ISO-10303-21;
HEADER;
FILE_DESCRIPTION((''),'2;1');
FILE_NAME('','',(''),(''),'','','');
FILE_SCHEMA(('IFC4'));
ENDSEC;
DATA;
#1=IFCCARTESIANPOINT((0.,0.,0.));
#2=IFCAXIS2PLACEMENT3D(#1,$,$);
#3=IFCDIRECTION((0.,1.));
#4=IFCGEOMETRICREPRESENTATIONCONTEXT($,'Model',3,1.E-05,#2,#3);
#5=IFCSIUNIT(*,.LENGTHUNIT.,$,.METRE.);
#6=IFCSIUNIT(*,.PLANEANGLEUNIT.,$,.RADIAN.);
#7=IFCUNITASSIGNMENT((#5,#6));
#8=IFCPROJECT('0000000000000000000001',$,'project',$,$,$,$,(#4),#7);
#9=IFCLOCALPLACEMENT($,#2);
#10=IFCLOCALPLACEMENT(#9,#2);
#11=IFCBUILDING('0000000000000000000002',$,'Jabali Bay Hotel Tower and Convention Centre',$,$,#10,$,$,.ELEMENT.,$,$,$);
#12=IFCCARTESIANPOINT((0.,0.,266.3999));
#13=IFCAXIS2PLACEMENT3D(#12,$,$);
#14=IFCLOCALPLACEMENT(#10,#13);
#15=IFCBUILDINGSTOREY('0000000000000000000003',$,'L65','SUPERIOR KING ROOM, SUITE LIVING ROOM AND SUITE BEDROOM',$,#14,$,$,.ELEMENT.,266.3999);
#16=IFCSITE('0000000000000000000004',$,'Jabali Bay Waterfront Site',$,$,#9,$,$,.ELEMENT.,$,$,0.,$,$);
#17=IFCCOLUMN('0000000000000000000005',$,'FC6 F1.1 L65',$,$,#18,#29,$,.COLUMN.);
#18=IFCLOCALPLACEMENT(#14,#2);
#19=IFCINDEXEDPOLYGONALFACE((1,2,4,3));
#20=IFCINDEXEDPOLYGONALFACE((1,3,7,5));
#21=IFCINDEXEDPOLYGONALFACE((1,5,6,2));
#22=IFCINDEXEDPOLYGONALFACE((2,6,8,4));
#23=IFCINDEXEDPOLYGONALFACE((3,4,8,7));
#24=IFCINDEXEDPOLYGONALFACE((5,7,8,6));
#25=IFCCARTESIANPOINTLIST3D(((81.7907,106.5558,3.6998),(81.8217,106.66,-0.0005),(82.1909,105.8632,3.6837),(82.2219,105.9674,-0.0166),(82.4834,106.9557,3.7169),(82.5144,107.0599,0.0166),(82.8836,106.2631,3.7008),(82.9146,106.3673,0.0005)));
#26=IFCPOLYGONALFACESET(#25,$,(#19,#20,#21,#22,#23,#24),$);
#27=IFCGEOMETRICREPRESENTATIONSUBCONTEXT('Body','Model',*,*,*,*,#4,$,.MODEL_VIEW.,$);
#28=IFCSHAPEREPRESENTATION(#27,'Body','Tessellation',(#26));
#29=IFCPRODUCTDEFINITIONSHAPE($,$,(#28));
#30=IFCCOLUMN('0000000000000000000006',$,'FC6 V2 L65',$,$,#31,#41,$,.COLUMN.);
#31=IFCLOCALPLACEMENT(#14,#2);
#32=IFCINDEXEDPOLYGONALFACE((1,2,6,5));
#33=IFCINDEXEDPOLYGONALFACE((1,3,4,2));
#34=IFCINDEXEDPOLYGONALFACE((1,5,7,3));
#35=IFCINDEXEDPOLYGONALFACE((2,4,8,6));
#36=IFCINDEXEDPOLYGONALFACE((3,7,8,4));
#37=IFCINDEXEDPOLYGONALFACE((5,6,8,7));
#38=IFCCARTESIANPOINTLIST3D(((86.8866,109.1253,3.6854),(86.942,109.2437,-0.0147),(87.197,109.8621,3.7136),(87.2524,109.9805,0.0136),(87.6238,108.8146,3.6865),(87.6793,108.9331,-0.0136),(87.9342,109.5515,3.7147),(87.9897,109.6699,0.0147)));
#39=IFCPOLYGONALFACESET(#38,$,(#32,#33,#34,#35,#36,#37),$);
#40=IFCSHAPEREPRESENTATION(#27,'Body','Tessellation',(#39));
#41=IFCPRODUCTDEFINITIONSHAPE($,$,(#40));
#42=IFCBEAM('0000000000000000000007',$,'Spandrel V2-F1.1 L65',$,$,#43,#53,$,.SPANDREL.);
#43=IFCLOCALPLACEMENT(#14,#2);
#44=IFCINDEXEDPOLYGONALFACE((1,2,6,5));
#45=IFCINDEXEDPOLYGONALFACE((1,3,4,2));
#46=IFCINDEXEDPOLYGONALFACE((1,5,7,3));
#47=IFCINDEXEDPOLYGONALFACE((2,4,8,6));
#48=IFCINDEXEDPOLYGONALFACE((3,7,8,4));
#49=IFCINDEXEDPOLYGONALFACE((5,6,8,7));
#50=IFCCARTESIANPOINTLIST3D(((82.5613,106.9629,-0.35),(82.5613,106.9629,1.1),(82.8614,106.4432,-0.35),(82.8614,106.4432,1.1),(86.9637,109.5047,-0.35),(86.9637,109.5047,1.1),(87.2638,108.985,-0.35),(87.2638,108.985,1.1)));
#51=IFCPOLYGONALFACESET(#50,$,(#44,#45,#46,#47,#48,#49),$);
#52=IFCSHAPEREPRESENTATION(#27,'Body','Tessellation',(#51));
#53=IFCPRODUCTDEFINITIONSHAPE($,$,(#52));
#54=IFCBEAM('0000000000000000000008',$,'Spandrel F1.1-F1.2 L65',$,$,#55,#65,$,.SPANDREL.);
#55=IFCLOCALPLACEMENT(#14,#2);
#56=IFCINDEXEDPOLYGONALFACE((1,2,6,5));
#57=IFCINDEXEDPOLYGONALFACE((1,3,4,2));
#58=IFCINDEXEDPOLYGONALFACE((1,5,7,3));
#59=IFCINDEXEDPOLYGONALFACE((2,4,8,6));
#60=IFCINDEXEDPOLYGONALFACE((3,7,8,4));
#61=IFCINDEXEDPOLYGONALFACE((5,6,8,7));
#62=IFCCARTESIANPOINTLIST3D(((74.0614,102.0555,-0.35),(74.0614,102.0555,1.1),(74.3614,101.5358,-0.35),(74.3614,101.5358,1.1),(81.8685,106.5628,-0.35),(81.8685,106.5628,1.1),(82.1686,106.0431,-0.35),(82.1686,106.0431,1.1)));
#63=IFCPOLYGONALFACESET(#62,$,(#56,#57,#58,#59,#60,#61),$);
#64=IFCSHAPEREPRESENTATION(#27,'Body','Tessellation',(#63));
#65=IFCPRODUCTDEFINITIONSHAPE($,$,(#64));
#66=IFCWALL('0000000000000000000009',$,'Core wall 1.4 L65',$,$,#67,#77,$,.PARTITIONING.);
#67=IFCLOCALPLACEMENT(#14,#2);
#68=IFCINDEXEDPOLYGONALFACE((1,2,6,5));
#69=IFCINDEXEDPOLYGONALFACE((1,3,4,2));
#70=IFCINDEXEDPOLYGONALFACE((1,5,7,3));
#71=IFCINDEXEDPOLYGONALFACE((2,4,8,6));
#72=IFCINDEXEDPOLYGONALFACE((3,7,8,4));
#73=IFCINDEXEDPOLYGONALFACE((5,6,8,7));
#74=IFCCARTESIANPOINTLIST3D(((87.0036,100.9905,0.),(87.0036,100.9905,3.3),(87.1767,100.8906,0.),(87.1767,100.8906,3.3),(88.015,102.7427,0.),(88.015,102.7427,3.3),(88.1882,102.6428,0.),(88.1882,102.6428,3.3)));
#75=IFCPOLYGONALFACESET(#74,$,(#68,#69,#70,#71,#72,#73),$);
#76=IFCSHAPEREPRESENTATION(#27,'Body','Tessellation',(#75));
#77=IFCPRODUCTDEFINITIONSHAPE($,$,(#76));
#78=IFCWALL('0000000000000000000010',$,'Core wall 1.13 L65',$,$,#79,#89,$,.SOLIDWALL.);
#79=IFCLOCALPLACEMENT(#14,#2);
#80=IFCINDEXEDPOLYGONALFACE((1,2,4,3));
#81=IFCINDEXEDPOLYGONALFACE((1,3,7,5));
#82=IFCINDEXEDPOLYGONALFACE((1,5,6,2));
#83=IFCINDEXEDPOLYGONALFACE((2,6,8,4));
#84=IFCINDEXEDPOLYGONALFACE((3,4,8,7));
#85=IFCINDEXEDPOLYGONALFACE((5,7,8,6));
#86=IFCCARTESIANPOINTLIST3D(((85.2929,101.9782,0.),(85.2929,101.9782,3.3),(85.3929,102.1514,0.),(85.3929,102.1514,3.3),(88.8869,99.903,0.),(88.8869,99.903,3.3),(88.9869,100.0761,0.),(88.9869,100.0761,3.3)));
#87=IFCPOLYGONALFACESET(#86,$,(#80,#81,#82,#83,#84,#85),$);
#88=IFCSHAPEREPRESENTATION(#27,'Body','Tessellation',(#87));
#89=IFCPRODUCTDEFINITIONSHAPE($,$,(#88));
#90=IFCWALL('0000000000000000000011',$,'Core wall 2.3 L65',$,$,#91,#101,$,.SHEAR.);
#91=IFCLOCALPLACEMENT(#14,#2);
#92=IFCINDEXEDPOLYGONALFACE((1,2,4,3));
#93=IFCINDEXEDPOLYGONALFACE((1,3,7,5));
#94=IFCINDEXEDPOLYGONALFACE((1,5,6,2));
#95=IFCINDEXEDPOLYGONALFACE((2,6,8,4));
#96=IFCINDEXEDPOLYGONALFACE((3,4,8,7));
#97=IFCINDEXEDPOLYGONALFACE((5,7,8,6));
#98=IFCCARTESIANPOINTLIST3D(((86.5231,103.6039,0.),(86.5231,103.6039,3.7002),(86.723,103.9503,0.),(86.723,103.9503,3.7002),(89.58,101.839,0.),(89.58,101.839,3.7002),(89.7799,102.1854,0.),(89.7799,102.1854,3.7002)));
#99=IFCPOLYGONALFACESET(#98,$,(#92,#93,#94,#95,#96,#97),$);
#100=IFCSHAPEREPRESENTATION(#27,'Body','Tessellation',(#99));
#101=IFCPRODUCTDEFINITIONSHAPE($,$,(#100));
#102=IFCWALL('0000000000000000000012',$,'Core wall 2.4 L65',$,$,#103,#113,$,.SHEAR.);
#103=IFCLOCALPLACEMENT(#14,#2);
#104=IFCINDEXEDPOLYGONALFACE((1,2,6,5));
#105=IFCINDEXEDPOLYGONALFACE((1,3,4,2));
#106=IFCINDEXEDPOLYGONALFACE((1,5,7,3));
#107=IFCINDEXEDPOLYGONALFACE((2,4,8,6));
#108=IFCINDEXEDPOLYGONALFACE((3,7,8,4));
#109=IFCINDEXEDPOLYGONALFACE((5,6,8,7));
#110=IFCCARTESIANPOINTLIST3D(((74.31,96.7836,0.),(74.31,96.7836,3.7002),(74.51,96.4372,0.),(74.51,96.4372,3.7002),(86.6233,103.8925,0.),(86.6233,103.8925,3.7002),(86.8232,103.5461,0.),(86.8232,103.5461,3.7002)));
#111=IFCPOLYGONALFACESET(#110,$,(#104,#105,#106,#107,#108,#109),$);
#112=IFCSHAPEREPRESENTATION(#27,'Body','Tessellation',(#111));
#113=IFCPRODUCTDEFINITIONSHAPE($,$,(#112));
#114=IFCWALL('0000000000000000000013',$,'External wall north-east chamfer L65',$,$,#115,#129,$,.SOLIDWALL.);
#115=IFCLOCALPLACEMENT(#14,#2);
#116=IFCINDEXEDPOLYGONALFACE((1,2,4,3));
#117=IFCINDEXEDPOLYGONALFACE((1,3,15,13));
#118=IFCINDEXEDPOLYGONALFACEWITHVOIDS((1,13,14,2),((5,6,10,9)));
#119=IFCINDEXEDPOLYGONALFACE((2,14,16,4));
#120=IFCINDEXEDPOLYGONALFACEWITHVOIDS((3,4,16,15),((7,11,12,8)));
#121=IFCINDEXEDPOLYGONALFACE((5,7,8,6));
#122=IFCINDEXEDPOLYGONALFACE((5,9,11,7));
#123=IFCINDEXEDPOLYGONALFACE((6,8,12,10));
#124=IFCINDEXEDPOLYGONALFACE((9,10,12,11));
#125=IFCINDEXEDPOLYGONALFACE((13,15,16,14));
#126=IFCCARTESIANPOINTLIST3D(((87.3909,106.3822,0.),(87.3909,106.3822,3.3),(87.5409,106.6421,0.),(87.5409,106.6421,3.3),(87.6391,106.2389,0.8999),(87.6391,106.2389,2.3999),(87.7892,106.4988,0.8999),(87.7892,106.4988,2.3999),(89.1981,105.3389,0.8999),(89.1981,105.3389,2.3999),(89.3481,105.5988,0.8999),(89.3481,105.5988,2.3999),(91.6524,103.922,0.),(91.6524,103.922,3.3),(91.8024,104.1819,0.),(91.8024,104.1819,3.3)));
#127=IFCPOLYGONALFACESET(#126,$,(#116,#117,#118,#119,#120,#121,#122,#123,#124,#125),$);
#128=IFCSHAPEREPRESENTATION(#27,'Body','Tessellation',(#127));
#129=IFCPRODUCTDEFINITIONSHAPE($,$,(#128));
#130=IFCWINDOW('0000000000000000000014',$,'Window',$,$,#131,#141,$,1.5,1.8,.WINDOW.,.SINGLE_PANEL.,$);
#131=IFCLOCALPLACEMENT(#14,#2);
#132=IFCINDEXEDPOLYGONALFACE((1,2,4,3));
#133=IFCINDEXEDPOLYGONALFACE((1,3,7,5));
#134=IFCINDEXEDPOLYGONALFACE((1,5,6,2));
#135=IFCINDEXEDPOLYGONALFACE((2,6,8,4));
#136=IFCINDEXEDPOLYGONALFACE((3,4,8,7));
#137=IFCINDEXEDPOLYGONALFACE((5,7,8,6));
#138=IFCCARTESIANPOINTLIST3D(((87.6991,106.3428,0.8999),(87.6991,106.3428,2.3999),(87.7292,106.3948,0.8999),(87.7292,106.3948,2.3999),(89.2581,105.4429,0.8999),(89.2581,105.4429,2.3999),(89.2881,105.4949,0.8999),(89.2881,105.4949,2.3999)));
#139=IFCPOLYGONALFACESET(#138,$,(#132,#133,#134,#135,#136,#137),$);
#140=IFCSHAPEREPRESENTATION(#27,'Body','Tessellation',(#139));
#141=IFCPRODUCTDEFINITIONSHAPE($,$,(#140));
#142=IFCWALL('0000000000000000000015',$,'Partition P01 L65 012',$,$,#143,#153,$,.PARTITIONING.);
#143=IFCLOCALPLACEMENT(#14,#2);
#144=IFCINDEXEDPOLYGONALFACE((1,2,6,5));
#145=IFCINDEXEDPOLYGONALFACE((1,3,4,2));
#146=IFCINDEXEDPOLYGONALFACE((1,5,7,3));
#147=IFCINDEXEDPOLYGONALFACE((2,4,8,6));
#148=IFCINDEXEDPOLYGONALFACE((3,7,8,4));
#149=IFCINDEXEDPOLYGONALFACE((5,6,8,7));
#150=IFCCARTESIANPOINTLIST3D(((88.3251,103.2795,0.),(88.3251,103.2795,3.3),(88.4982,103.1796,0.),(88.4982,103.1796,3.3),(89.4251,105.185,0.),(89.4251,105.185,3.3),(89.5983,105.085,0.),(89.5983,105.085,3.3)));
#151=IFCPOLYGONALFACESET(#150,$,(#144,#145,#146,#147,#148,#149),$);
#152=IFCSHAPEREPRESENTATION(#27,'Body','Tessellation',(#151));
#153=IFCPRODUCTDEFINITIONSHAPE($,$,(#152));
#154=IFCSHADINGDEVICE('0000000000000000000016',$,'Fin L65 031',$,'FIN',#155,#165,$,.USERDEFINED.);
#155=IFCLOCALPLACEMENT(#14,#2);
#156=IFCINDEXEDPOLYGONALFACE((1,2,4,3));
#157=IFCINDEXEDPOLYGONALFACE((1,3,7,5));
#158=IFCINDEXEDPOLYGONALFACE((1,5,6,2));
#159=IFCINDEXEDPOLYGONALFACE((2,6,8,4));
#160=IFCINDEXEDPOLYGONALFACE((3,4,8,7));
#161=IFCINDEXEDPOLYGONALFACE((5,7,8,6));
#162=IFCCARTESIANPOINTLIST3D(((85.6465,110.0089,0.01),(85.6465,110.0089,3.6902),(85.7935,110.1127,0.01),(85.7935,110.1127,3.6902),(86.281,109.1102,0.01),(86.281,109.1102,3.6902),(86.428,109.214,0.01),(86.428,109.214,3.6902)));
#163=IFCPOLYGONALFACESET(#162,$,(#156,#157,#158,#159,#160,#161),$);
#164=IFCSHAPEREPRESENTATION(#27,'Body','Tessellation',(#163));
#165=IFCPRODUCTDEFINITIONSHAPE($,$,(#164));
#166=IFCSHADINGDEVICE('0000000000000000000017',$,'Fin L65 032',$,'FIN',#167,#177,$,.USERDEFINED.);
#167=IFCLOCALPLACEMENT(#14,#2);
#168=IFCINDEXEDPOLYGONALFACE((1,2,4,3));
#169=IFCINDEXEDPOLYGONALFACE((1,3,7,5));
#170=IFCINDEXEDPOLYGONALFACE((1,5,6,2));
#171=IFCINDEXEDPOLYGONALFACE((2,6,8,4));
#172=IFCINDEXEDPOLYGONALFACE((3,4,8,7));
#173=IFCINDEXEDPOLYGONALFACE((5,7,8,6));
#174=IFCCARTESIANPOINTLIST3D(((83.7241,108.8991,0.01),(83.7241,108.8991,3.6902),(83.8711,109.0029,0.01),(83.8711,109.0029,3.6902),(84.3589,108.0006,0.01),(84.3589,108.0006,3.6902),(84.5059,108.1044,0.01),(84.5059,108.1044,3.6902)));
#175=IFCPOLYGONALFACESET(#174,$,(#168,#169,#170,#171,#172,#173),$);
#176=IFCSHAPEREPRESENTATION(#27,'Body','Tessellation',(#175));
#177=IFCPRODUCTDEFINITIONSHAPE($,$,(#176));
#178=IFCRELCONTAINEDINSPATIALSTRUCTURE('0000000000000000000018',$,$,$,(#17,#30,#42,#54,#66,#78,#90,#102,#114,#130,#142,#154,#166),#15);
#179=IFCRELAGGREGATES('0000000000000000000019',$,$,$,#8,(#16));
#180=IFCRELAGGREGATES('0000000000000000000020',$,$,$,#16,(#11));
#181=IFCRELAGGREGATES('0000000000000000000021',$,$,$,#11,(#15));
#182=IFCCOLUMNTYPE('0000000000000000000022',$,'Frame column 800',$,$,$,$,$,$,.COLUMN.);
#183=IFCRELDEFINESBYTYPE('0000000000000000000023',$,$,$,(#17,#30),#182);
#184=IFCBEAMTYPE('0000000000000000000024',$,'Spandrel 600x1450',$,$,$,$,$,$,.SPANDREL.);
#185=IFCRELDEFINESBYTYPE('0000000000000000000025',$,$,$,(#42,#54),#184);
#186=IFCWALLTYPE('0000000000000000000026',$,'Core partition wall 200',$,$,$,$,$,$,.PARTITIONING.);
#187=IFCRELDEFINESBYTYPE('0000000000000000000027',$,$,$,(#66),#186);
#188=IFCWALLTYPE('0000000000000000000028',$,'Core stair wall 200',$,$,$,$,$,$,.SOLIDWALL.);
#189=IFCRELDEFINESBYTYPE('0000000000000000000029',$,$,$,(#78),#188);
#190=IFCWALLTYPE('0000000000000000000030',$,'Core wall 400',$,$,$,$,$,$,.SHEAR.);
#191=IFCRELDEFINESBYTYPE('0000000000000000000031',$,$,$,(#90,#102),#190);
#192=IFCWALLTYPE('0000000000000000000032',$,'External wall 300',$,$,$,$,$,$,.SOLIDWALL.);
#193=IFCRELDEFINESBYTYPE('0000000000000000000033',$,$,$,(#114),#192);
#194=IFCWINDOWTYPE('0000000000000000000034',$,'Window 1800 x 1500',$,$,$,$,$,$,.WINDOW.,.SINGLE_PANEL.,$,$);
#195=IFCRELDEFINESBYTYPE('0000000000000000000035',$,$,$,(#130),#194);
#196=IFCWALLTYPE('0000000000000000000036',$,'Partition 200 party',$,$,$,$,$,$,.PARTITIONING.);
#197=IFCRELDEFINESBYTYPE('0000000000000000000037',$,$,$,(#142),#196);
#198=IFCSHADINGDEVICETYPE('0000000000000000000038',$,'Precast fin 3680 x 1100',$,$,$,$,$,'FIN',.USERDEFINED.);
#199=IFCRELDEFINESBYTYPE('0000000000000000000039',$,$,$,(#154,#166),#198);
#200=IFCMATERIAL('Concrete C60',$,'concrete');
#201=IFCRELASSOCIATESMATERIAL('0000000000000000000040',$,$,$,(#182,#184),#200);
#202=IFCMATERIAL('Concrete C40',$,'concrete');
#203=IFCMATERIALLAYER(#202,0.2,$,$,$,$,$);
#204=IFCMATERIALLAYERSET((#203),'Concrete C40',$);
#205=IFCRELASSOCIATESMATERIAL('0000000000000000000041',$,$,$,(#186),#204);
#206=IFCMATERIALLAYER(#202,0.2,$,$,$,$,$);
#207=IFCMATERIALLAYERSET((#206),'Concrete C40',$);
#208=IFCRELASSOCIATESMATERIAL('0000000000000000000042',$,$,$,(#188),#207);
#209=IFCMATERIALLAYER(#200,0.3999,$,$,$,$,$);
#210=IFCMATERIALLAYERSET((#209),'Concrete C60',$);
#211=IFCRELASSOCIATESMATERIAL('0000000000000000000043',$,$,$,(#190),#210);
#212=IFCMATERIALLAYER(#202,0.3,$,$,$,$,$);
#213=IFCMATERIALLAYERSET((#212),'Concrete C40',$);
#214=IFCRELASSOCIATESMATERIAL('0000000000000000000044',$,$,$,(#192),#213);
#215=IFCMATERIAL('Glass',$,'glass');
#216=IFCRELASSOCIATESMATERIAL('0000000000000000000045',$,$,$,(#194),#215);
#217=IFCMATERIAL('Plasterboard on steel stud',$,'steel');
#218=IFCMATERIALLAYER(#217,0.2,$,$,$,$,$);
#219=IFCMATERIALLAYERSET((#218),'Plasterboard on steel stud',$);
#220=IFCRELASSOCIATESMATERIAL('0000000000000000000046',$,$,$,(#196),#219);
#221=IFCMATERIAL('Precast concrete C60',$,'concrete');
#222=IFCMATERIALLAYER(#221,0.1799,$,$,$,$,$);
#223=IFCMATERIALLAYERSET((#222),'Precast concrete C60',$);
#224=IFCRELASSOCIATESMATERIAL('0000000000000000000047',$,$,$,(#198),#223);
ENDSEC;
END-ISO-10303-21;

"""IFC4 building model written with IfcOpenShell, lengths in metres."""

from ifc_helpers import new_model, si_unit, direction, frame, frame_2d, origin, origin_2d, place, context, subcontext, project, spatial, rectangle, extrude, material, layer, layer_set, material_profile, profile_set, type_object, element, fill, save


model = new_model("IFC4")

# Units and contexts
model_context = context("Model", 3, precision=1e-05, world=origin(), true_north=direction((0.0, 1.0)))
body_context = subcontext(model_context, "Body", "Model", "MODEL_VIEW")
ifc_project = project(units=[si_unit("LENGTHUNIT", "METRE"), si_unit("PLANEANGLEUNIT", "RADIAN")], contexts=[model_context])

# Site, building, storey
site_placement = place(None, origin())
site = spatial("IfcSite", under=ifc_project, at=site_placement, Name="Jabali Bay Waterfront Site", CompositionType="ELEMENT", RefElevation=0.0)
building_placement = place(site_placement, origin())
building = spatial("IfcBuilding", under=site, at=building_placement, Name="Jabali Bay Hotel Tower and Convention Centre", CompositionType="ELEMENT")
storey_placement = place(building_placement, frame((0.0, 0.0, 266.3999)))
storey = spatial("IfcBuildingStorey", under=building, at=storey_placement, Name="L65", Description="SUPERIOR KING ROOM, SUITE LIVING ROOM AND SUITE BEDROOM", CompositionType="ELEMENT", Elevation=266.3999)

# Columns
ifc_material_1 = material(Name="Concrete C60", Category="concrete")
ifc_material_profile_1 = material_profile(ifc_material_1, rectangle(XDim=0.8, YDim=0.8, at=origin_2d()), Name="Frame column 800")
ifc_profile_set_1 = profile_set([ifc_material_profile_1], Name="Concrete C60")
column_type = type_object("IfcColumnType", Name="Frame column 800", PredefinedType="COLUMN", material=ifc_profile_set_1)
column_1_placement = place(storey_placement, frame((82.3682, 106.5137, 0.0), z_axis=(-0.008376, -0.028161, 0.999568), x_axis=(0.865852, 0.499845, 0.021338)))
element("IfcColumn", 1, at=column_1_placement, inside=storey, type_object=column_type, Name="FC6 F1.1 L65", PredefinedType="COLUMN", context=body_context, shape_type="SweptSolid", body=[
    extrude(rectangle(XDim=0.8, YDim=0.8, at=origin_2d()), origin(), (0.0, 0.0, 1.0), 3.7019),
])
column_2_placement = place(storey_placement, frame((87.4658, 109.4568, 0.0), z_axis=(-0.014968, -0.031981, 0.999376), x_axis=(0.921546, -0.388266, 0.001378)))
element("IfcColumn", 2, at=column_2_placement, inside=storey, type_object=column_type, Name="FC6 V2 L65", PredefinedType="COLUMN", context=body_context, shape_type="SweptSolid", body=[
    extrude(rectangle(XDim=0.8, YDim=0.8, at=origin_2d()), origin(), (0.0, 0.0, 1.0), 3.7024),
])

# Beams
ifc_material_profile_2 = material_profile(ifc_material_1, rectangle(XDim=0.6001, YDim=1.45, at=origin_2d()), Name="Spandrel 600x1450")
ifc_profile_set_2 = profile_set([ifc_material_profile_2], Name="Concrete C60")
beam_type = type_object("IfcBeamType", Name="Spandrel 600x1450", PredefinedType="SPANDREL", material=ifc_profile_set_2)
beam_1_placement = place(storey_placement, frame((87.1138, 109.2449, 0.375), z_axis=(-0.866021, -0.500008, 0.0), x_axis=(0.500008, -0.866021, 0.0)))
element("IfcBeam", 3, at=beam_1_placement, inside=storey, type_object=beam_type, Name="Spandrel V2-F1.1 L65", PredefinedType="SPANDREL", context=body_context, shape_type="SweptSolid", body=[
    extrude(rectangle(XDim=0.6001, YDim=1.45, at=origin_2d()), origin(), (0.0, 0.0, 1.0), 5.0835),
])
beam_2_placement = place(storey_placement, frame((82.0186, 106.303, 0.375), z_axis=(-0.866031, -0.49999, 0.0), x_axis=(0.49999, -0.866031, 0.0)))
element("IfcBeam", 4, at=beam_2_placement, inside=storey, type_object=beam_type, Name="Spandrel F1.1-F1.2 L65", PredefinedType="SPANDREL", context=body_context, shape_type="SweptSolid", body=[
    extrude(rectangle(XDim=0.6001, YDim=1.45, at=origin_2d()), origin(), (0.0, 0.0, 1.0), 9.0149),
])

# Walls
ifc_material_2 = material(Name="Concrete C40", Category="concrete")
ifc_layer_1 = layer(ifc_material_2, 0.2)
ifc_layer_set_1 = layer_set([ifc_layer_1], Name="Concrete C40")
wall_type_1 = type_object("IfcWallType", Name="Core partition wall 200", PredefinedType="PARTITIONING", material=ifc_layer_set_1)
wall_1_placement = place(storey_placement, frame((87.0901, 100.9404, 0.0), z_axis=(0.0, 0.0, 1.0), x_axis=(0.499942, 0.866059, 0.0)))
element("IfcWall", 5, at=wall_1_placement, inside=storey, type_object=wall_type_1, Name="Core wall 1.4 L65", PredefinedType="PARTITIONING", context=body_context, shape_type="SweptSolid", body=[
    extrude(rectangle(XDim=2.0232, YDim=0.2, at=frame_2d((1.0117, 0.0))), origin(), (0.0, 0.0, 1.0), 3.3),
])
ifc_layer_2 = layer(ifc_material_2, 0.2)
ifc_layer_set_2 = layer_set([ifc_layer_2], Name="Concrete C40")
wall_type_2 = type_object("IfcWallType", Name="Core stair wall 200", PredefinedType="SOLIDWALL", material=ifc_layer_set_2)
wall_2_placement = place(storey_placement, frame((88.937, 99.9895, 0.0), z_axis=(0.0, 0.0, 1.0), x_axis=(-0.866004, 0.500036, 0.0)))
element("IfcWall", 6, at=wall_2_placement, inside=storey, type_object=wall_type_2, Name="Core wall 1.13 L65", PredefinedType="SOLIDWALL", context=body_context, shape_type="SweptSolid", body=[
    extrude(rectangle(XDim=4.1501, YDim=0.2, at=frame_2d((2.0752, 0.0))), origin(), (0.0, 0.0, 1.0), 3.3),
])
ifc_layer_3 = layer(ifc_material_1, 0.3999)
ifc_layer_set_3 = layer_set([ifc_layer_3], Name="Concrete C60")
wall_type_3 = type_object("IfcWallType", Name="Core wall 400", PredefinedType="SHEAR", material=ifc_layer_set_3)
wall_3_placement = place(storey_placement, frame((89.6799, 102.0122, 0.0), z_axis=(0.0, 0.0, 1.0), x_axis=(-0.866025, 0.5, 0.0)))
element("IfcWall", 7, at=wall_3_placement, inside=storey, type_object=wall_type_3, Name="Core wall 2.3 L65", PredefinedType="SHEAR", context=body_context, shape_type="SweptSolid", body=[
    extrude(rectangle(XDim=3.5298, YDim=0.3999, at=frame_2d((1.7649, 0.0))), origin(), (0.0, 0.0, 1.0), 3.7002),
])
wall_4_placement = place(storey_placement, frame((86.7231, 103.7192, 0.0), z_axis=(0.0, 0.0, 1.0), x_axis=(-0.86603, -0.499991, 0.0)))
element("IfcWall", 8, at=wall_4_placement, inside=storey, type_object=wall_type_3, Name="Core wall 2.4 L65", PredefinedType="SHEAR", context=body_context, shape_type="SweptSolid", body=[
    extrude(rectangle(XDim=14.218, YDim=0.3999, at=frame_2d((7.1089, 0.0))), origin(), (0.0, 0.0, 1.0), 3.7002),
])

# Wall, opening, window
ifc_layer_4 = layer(ifc_material_2, 0.3)
ifc_layer_set_4 = layer_set([ifc_layer_4], Name="Concrete C40")
wall_type_4 = type_object("IfcWallType", Name="External wall 300", PredefinedType="SOLIDWALL", material=ifc_layer_set_4)
wall_5_placement = place(storey_placement, frame((87.4658, 106.5122, 0.0), z_axis=(0.0, 0.0, 1.0), x_axis=(0.866039, -0.499976, 0.0)))
wall_5 = element("IfcWall", 9, at=wall_5_placement, inside=storey, type_object=wall_type_4, Name="External wall north-east chamfer L65", PredefinedType="SOLIDWALL", context=body_context, shape_type="SweptSolid", body=[
    extrude(rectangle(XDim=4.9207, YDim=0.3, at=frame_2d((2.4604, 0.0))), origin(), (0.0, 0.0, 1.0), 3.3),
])
opening_placement = place(wall_5_placement, frame((0.2869, 0.0, 0.8999)))
opening = element("IfcOpeningElement", 10, at=opening_placement, cuts=wall_5, PredefinedType="OPENING", context=body_context, shape_type="SweptSolid", body=[
    extrude(rectangle(XDim=1.8, YDim=1.5, at=frame_2d((0.8999, 0.75))), frame((0.0, 0.1606, 0.0), z_axis=(0.0, -1.0, 0.0), x_axis=(1.0, 0.0, 0.0)), (0.0, 0.0, 1.0), 0.321),
])
ifc_material_3 = material(Name="Glass", Category="glass")
window_type = type_object("IfcWindowType", Name="Window 1800 x 1500", PartitioningType="SINGLE_PANEL", PredefinedType="WINDOW", material=ifc_material_3)
window_placement = place(opening_placement, origin())
window = element("IfcWindow", 11, at=window_placement, inside=storey, type_object=window_type, Name="Window", OverallHeight=1.5, OverallWidth=1.8, PartitioningType="SINGLE_PANEL", PredefinedType="WINDOW", context=body_context, shape_type="SweptSolid", body=[
    extrude(rectangle(XDim=1.8, YDim=1.5, at=frame_2d((0.8999, 0.75))), frame((0.0, 0.03, 0.0), z_axis=(0.0, -1.0, 0.0), x_axis=(1.0, 0.0, 0.0)), (0.0, 0.0, 1.0), 0.0601),
])
fill(opening, window)

# Wall
ifc_material_4 = material(Name="Plasterboard on steel stud", Category="steel")
ifc_layer_5 = layer(ifc_material_4, 0.2)
ifc_layer_set_5 = layer_set([ifc_layer_5], Name="Plasterboard on steel stud")
wall_type_5 = type_object("IfcWallType", Name="Partition 200 party", PredefinedType="PARTITIONING", material=ifc_layer_set_5)
wall_6_placement = place(storey_placement, frame((89.5117, 105.135, 0.0), z_axis=(0.0, 0.0, 1.0), x_axis=(-0.499982, -0.866036, 0.0)))
element("IfcWall", 12, at=wall_6_placement, inside=storey, type_object=wall_type_5, Name="Partition P01 L65 012", PredefinedType="PARTITIONING", context=body_context, shape_type="SweptSolid", body=[
    extrude(rectangle(XDim=2.2002, YDim=0.2, at=frame_2d((1.1001, 0.0))), origin(), (0.0, 0.0, 1.0), 3.3),
])

# Shading devices
ifc_material_5 = material(Name="Precast concrete C60", Category="concrete")
ifc_layer_6 = layer(ifc_material_5, 0.1799)
ifc_layer_set_6 = layer_set([ifc_layer_6], Name="Precast concrete C60")
shading_device_type_1 = type_object("IfcShadingDeviceType", Name="Precast fin 3680 x 1100", ElementType="FIN", PredefinedType="USERDEFINED", material=ifc_layer_set_6)
for number, where, z_axis, x_axis, name in (
    (13, (86.3545, 109.1621, 0.01), (0.0, 0.0, 1.0), (-0.576779, 0.8169, 0.0), "Fin L65 031"),
    (14, (84.4324, 108.0525, 0.01), (0.0, 0.0, 1.0), (-0.577032, 0.816722, 0.0), "Fin L65 032"),
):
    element("IfcShadingDevice", number, at=place(storey_placement, frame(where, z_axis=z_axis, x_axis=x_axis)), inside=storey, type_object=shading_device_type_1, Name=name, ObjectType="FIN", PredefinedType="USERDEFINED", context=body_context, shape_type="SweptSolid", body=[
        extrude(rectangle(XDim=1.1001, YDim=0.1799, at=frame_2d((0.55, 0.0))), origin(), (0.0, 0.0, 1.0), 3.6802),
    ])

save(model, "model.ifc")
